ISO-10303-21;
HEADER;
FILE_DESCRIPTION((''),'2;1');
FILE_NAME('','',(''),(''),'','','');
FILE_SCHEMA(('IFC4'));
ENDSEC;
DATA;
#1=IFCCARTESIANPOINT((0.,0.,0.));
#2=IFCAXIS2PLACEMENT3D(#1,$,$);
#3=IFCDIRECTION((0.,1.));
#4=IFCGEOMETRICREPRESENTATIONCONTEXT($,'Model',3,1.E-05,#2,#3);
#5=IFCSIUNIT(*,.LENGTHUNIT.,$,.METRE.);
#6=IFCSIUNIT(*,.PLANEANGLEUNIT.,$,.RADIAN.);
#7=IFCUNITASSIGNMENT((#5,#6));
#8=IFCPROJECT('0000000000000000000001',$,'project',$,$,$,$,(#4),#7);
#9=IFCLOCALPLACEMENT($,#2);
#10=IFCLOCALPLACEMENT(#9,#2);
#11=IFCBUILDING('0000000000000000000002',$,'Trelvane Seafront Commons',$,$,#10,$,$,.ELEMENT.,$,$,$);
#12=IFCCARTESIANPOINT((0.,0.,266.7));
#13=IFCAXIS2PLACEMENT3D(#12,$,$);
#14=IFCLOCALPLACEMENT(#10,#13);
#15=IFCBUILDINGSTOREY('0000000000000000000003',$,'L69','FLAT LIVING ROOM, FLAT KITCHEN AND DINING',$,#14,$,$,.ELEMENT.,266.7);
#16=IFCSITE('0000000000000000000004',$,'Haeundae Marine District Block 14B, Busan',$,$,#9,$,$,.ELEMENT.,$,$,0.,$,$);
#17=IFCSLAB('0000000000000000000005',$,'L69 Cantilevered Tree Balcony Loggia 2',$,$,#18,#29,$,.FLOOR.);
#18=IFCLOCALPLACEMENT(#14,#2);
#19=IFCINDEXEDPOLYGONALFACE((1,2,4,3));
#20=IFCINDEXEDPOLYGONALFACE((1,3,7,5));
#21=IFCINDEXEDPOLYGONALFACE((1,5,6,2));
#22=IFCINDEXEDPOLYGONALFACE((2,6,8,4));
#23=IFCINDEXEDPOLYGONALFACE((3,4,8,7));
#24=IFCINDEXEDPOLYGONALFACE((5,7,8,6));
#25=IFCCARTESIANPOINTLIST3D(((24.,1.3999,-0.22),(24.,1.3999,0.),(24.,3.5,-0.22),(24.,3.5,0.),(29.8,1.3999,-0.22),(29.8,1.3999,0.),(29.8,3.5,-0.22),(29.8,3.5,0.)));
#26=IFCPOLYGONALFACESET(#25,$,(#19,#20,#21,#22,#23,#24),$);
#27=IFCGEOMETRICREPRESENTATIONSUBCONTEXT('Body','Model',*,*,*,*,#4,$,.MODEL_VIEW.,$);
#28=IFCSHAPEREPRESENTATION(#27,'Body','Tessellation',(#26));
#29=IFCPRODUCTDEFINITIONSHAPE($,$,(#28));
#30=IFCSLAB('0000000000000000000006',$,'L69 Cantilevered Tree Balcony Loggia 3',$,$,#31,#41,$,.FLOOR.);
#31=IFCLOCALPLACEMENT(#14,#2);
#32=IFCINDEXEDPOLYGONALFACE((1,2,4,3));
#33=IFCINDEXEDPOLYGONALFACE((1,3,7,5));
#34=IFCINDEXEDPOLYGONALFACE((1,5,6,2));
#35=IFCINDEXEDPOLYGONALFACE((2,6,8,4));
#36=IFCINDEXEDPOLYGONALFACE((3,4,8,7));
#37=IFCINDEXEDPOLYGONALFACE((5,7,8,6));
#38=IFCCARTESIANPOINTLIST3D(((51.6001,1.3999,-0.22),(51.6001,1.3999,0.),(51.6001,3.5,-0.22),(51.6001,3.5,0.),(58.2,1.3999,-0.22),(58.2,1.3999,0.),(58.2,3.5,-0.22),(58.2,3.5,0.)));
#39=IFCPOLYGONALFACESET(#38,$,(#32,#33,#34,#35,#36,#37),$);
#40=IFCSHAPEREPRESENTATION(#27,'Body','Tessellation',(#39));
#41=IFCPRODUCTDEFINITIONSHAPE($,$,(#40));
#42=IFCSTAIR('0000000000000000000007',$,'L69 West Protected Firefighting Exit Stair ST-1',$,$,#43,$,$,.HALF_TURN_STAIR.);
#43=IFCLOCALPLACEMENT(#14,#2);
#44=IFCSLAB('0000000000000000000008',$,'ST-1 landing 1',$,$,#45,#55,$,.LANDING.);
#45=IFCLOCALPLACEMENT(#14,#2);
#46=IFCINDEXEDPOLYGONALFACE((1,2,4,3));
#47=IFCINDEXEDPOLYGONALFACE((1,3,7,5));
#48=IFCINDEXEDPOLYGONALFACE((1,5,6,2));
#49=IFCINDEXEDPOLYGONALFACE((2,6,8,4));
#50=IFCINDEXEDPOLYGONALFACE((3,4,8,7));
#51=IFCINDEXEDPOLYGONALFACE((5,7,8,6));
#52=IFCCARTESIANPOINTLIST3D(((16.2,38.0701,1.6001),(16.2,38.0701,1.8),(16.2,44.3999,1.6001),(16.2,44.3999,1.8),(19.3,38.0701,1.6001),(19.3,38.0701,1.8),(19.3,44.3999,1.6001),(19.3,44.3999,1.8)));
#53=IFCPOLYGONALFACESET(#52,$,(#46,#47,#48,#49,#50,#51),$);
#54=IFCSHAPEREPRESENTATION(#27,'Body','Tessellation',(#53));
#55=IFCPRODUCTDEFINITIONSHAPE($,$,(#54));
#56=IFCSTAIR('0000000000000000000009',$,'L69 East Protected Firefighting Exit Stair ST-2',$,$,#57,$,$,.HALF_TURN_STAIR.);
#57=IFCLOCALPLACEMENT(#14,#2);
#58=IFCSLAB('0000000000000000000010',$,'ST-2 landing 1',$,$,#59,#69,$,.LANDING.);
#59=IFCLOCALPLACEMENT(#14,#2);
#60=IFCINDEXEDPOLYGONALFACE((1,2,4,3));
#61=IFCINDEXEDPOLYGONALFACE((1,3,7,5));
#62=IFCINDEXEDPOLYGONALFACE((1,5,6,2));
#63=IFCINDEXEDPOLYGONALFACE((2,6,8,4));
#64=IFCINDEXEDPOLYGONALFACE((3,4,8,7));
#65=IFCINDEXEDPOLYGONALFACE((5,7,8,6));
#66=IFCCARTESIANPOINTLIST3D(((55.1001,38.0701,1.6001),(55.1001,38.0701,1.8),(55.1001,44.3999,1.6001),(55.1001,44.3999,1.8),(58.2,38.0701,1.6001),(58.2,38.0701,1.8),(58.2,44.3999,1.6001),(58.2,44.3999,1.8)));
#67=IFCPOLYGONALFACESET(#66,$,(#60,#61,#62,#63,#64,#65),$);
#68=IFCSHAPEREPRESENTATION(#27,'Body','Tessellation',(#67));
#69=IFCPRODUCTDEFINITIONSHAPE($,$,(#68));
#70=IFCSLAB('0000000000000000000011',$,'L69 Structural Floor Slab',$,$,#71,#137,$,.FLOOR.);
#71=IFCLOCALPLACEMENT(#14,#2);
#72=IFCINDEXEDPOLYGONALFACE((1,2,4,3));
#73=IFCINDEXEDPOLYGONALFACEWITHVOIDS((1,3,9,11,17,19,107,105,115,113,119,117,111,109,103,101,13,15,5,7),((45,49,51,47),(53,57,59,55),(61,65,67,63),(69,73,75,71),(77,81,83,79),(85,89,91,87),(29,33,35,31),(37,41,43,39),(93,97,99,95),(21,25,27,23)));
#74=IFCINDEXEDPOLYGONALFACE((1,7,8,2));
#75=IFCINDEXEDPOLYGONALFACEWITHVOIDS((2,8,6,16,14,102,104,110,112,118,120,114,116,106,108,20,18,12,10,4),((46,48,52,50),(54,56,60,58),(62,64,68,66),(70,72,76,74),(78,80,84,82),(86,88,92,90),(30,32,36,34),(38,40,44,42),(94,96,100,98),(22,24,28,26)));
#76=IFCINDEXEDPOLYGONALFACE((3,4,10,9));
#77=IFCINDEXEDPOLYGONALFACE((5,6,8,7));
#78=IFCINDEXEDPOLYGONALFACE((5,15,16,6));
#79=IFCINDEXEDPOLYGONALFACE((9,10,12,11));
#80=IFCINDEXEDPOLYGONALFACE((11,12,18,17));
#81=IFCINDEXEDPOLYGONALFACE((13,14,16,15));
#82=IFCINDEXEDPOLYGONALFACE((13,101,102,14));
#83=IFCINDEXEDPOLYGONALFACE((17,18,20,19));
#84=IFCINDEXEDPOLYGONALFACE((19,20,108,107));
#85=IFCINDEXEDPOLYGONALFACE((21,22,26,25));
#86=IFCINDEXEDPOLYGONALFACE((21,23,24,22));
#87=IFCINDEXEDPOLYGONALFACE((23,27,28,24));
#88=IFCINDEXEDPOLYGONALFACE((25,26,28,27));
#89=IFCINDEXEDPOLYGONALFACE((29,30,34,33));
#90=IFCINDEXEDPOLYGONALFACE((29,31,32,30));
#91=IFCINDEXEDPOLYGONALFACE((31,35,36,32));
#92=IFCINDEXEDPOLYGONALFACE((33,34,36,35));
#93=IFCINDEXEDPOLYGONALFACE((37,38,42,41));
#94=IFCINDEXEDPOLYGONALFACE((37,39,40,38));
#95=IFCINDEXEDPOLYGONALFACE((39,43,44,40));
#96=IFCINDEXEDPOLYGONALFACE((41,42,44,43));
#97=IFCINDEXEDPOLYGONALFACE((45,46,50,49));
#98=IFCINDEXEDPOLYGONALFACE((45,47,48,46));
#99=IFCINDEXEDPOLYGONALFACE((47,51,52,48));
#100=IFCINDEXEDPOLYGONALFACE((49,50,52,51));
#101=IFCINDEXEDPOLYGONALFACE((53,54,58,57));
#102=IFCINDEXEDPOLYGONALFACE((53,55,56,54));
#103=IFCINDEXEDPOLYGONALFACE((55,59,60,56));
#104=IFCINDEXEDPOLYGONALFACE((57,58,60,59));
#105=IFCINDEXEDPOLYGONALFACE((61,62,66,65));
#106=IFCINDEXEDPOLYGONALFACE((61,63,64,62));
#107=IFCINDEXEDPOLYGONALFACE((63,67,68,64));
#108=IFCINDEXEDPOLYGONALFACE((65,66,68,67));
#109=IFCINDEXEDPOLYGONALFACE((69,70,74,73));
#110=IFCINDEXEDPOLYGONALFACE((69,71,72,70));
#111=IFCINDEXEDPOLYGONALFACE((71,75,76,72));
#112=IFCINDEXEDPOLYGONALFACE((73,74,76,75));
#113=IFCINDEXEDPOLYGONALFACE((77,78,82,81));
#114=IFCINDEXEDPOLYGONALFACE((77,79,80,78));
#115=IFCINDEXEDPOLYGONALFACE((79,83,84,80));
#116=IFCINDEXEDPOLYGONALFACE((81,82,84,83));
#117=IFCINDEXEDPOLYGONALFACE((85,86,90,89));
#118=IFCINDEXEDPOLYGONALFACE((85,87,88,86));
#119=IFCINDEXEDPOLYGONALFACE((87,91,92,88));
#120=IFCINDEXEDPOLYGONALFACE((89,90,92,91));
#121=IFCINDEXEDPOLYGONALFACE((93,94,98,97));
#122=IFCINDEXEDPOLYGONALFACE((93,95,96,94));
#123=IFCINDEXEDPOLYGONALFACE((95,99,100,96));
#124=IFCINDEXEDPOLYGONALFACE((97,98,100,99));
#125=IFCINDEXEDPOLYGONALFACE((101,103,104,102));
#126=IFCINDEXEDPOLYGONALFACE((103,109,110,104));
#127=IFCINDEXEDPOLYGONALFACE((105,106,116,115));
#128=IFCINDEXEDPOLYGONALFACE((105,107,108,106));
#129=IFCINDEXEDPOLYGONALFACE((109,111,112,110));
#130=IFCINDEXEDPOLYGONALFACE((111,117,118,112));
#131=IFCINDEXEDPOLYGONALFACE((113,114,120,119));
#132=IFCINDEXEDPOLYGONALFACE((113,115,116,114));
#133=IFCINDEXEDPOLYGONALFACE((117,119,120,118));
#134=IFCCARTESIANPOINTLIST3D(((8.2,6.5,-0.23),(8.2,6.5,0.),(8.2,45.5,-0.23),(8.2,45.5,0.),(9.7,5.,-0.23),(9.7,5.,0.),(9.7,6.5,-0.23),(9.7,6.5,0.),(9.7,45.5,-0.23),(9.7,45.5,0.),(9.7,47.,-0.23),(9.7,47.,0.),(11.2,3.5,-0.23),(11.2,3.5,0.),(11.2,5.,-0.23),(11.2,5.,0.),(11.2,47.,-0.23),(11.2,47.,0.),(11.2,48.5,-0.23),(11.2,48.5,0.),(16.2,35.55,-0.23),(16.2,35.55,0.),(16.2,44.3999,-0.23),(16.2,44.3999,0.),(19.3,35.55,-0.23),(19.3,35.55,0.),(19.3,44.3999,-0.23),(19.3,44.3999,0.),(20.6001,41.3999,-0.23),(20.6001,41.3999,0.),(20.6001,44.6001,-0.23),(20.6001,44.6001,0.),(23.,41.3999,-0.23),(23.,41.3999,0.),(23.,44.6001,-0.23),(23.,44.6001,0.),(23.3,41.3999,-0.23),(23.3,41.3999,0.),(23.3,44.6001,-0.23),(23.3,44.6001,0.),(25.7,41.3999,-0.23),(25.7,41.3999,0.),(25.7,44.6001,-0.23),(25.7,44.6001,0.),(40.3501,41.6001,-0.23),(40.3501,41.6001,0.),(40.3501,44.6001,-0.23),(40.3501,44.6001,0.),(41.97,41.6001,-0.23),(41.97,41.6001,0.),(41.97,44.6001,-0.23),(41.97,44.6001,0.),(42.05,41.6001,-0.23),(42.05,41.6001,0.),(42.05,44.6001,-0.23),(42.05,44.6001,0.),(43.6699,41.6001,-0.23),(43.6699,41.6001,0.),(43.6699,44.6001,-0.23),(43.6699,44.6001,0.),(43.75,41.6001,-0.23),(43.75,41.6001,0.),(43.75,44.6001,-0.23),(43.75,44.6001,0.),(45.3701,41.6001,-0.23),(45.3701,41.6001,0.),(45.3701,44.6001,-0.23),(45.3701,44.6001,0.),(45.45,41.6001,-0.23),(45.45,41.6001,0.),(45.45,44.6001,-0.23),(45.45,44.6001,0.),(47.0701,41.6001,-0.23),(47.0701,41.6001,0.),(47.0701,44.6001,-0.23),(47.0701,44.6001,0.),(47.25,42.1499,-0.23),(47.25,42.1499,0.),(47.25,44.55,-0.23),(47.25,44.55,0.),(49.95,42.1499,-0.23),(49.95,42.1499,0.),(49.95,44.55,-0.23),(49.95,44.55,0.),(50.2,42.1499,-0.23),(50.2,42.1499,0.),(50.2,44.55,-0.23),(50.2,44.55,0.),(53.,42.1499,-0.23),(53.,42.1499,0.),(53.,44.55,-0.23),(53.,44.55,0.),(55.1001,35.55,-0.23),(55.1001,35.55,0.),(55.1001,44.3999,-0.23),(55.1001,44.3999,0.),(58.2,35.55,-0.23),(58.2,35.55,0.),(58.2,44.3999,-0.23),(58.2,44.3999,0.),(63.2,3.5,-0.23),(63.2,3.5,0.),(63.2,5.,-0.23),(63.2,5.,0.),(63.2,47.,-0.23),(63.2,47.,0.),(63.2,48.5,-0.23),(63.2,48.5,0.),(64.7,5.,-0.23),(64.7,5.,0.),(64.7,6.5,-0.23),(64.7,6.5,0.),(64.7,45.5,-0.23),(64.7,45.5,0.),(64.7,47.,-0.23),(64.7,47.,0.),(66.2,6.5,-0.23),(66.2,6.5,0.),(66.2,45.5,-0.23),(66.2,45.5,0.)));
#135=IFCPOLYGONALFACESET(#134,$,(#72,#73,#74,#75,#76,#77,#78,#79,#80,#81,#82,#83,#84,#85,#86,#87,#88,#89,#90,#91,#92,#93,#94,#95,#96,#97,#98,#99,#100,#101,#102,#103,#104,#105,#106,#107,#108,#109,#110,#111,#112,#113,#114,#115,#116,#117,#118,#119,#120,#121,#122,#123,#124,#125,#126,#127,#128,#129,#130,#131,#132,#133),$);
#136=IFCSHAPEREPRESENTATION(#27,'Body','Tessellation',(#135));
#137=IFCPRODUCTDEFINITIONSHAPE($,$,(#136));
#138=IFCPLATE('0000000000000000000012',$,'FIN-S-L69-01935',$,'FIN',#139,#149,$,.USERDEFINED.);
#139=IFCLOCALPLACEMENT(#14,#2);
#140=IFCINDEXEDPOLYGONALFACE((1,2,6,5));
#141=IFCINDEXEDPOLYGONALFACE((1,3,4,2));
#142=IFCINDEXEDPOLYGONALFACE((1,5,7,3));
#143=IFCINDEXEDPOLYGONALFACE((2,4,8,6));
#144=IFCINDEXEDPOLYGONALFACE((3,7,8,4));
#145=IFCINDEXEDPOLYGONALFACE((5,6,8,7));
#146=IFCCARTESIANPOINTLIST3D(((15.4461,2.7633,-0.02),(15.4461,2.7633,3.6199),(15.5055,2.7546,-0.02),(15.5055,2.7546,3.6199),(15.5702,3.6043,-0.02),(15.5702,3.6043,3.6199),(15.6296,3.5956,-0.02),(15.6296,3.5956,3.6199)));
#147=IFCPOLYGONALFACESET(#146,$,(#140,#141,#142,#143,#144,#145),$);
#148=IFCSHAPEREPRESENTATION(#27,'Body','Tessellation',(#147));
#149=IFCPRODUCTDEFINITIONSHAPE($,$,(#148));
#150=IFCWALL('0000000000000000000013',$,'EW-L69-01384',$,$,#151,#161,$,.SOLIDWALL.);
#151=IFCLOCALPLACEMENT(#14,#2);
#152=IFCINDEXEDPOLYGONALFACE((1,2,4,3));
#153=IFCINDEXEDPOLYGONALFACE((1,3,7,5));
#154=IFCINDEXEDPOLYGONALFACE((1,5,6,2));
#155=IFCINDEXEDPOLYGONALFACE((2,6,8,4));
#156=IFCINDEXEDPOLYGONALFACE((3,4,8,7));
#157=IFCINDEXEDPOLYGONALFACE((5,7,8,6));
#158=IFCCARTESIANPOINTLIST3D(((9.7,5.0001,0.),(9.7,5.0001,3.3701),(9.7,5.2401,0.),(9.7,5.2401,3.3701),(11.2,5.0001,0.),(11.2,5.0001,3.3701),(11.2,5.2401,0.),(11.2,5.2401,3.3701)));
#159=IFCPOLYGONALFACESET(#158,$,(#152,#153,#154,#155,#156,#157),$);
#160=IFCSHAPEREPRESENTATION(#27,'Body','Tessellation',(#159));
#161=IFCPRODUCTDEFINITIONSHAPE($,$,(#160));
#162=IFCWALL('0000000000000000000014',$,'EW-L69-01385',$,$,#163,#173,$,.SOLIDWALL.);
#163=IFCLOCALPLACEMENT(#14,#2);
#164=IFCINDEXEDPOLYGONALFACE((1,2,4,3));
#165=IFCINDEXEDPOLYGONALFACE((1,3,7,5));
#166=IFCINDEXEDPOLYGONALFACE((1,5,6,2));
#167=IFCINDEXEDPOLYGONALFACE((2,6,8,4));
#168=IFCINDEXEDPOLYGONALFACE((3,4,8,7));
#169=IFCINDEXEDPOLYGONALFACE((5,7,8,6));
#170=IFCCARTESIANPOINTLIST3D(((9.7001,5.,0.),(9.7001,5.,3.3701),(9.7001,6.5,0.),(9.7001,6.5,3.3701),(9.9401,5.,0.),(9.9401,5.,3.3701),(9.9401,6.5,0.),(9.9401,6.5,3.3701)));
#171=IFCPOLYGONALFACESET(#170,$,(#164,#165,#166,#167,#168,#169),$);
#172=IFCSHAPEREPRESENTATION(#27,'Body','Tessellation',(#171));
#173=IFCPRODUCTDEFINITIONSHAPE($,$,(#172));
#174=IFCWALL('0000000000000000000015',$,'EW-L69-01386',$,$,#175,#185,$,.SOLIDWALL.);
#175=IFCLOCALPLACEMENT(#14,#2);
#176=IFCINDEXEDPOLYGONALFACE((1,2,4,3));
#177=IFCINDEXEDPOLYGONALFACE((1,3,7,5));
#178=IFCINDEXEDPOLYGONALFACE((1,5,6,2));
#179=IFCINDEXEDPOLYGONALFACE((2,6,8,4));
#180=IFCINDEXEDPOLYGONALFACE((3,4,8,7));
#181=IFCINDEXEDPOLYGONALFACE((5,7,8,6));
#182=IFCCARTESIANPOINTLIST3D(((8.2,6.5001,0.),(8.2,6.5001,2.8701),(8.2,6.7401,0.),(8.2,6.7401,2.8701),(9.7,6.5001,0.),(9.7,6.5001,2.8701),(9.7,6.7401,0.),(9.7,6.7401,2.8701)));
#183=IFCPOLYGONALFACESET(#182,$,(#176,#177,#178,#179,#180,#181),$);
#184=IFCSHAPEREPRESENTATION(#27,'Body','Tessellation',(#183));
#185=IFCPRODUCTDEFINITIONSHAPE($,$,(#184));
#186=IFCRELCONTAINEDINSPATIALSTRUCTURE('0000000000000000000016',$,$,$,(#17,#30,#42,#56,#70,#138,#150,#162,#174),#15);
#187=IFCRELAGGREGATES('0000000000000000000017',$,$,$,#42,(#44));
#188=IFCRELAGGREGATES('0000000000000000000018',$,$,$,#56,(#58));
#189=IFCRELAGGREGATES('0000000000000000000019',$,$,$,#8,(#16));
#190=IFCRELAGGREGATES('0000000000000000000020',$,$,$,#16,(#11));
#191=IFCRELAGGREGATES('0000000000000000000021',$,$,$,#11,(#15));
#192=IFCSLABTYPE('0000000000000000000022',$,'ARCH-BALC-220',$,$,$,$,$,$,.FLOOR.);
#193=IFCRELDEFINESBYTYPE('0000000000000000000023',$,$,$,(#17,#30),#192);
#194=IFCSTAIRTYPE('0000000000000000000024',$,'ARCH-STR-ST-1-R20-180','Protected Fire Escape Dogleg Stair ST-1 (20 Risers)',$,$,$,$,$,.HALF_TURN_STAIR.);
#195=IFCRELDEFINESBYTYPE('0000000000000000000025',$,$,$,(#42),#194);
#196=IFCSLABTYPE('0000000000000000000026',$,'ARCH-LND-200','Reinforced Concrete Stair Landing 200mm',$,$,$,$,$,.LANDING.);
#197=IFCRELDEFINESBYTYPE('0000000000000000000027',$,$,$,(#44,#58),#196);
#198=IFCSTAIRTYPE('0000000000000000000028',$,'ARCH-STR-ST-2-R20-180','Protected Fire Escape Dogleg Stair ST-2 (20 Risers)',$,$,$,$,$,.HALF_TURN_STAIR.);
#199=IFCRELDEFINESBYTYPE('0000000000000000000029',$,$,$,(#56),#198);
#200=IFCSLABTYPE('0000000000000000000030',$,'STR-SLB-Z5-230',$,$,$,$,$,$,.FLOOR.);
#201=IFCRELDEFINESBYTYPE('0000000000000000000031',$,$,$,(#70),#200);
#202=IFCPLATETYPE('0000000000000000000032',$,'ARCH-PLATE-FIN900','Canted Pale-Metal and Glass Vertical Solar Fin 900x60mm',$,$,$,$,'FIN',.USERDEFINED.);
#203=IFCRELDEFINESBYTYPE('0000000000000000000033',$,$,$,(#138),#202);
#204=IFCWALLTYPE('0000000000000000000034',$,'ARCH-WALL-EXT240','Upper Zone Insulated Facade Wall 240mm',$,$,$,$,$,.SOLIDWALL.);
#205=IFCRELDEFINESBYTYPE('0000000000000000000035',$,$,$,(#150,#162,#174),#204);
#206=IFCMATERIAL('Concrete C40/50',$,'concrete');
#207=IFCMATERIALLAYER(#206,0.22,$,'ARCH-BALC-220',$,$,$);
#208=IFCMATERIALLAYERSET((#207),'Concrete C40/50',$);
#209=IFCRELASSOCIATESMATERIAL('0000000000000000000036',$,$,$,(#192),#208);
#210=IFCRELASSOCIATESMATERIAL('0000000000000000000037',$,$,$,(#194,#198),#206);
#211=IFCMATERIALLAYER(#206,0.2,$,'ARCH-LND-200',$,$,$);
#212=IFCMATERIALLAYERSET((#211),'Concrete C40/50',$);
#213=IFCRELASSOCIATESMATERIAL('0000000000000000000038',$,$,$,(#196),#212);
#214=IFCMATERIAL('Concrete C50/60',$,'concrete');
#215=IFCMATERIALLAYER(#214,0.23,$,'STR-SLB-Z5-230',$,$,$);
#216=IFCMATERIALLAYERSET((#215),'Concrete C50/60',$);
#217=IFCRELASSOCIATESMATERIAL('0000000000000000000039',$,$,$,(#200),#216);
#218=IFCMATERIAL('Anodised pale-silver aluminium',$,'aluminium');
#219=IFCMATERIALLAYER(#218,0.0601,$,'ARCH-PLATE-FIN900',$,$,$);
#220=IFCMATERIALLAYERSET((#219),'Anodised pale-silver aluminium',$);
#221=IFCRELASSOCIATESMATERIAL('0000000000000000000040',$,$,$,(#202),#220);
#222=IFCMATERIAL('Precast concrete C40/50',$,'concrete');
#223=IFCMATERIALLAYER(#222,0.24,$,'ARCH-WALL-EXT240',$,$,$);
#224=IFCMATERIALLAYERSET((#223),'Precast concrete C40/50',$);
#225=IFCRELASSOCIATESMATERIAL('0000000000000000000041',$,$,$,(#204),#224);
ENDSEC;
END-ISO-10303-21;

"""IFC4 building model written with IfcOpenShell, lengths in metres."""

from ifc_helpers import new_model, si_unit, direction, frame, frame_2d, origin, origin_2d, place, context, subcontext, project, spatial, polyline, rectangle, outline, extrude, source, transform, mapped, material, layer, layer_set, type_object, element, aggregate, save


model = new_model("IFC4")

# Units and contexts
model_context = context("Model", 3, precision=1e-05, world=origin(), true_north=direction((0.0, 1.0)))
body_context = subcontext(model_context, "Body", "Model", "MODEL_VIEW")
ifc_project = project(units=[si_unit("LENGTHUNIT", "METRE"), si_unit("PLANEANGLEUNIT", "RADIAN")], contexts=[model_context])

# Site, building, storey
site_placement = place(None, origin())
site = spatial("IfcSite", under=ifc_project, at=site_placement, Name="Haeundae Marine District Block 14B, Busan", CompositionType="ELEMENT", RefElevation=0.0)
building_placement = place(site_placement, origin())
building = spatial("IfcBuilding", under=site, at=building_placement, Name="Trelvane Seafront Commons", CompositionType="ELEMENT")
storey_placement = place(building_placement, frame((0.0, 0.0, 266.7)))
storey = spatial("IfcBuildingStorey", under=building, at=storey_placement, Name="L69", Description="FLAT LIVING ROOM, FLAT KITCHEN AND DINING", CompositionType="ELEMENT", Elevation=266.7)

# Slabs
ifc_material_1 = material(Name="Concrete C40/50", Category="concrete")
ifc_layer_1 = layer(ifc_material_1, 0.22, Name="ARCH-BALC-220")
ifc_layer_set_1 = layer_set([ifc_layer_1], Name="Concrete C40/50")
slab_type_1 = type_object("IfcSlabType", Name="ARCH-BALC-220", PredefinedType="FLOOR", material=ifc_layer_set_1)
slab_1_placement = place(storey_placement, frame((0.0, 0.0, -0.22)))
element("IfcSlab", 1, at=slab_1_placement, inside=storey, type_object=slab_type_1, Name="L69 Cantilevered Tree Balcony Loggia 2", PredefinedType="FLOOR", context=body_context, shape_type="SweptSolid", body=[
    extrude(outline(polyline([(24.0, 1.3999), (29.8, 1.3999), (29.8, 3.5), (24.0, 3.5), (24.0, 1.3999)])), origin(), (0.0, 0.0, 1.0), 0.22),
])
slab_2_placement = place(storey_placement, frame((0.0, 0.0, -0.22)))
element("IfcSlab", 2, at=slab_2_placement, inside=storey, type_object=slab_type_1, Name="L69 Cantilevered Tree Balcony Loggia 3", PredefinedType="FLOOR", context=body_context, shape_type="SweptSolid", body=[
    extrude(outline(polyline([(51.6001, 1.3999), (58.2, 1.3999), (58.2, 3.5), (51.6001, 3.5), (51.6001, 1.3999)])), origin(), (0.0, 0.0, 1.0), 0.22),
])

# Stairs, slabs
stair_type_1 = type_object("IfcStairType", Name="ARCH-STR-ST-1-R20-180", Description="Protected Fire Escape Dogleg Stair ST-1 (20 Risers)", PredefinedType="HALF_TURN_STAIR", material=ifc_material_1)
stair_1_placement = place(storey_placement, origin())
stair_1 = element("IfcStair", 3, at=stair_1_placement, inside=storey, type_object=stair_type_1, Name="L69 West Protected Firefighting Exit Stair ST-1", PredefinedType="HALF_TURN_STAIR")
ifc_layer_2 = layer(ifc_material_1, 0.2, Name="ARCH-LND-200")
ifc_layer_set_2 = layer_set([ifc_layer_2], Name="Concrete C40/50")
slab_type_2 = type_object("IfcSlabType", Name="ARCH-LND-200", Description="Reinforced Concrete Stair Landing 200mm", PredefinedType="LANDING", material=ifc_layer_set_2)
slab_3_placement = place(storey_placement, frame((0.0, 0.0, 1.6001)))
slab_3 = element("IfcSlab", 4, at=slab_3_placement, type_object=slab_type_2, Name="ST-1 landing 1", PredefinedType="LANDING", context=body_context, shape_type="SweptSolid", body=[
    extrude(outline(polyline([(19.3, 38.0701), (19.3, 44.3999), (16.2, 44.3999), (16.2, 38.0701), (19.3, 38.0701)])), origin(), (0.0, 0.0, 1.0), 0.2),
])
aggregate(stair_1, [slab_3])
stair_type_2 = type_object("IfcStairType", Name="ARCH-STR-ST-2-R20-180", Description="Protected Fire Escape Dogleg Stair ST-2 (20 Risers)", PredefinedType="HALF_TURN_STAIR", material=ifc_material_1)
stair_2_placement = place(storey_placement, origin())
stair_2 = element("IfcStair", 5, at=stair_2_placement, inside=storey, type_object=stair_type_2, Name="L69 East Protected Firefighting Exit Stair ST-2", PredefinedType="HALF_TURN_STAIR")
slab_4_placement = place(storey_placement, frame((0.0, 0.0, 1.6001)))
slab_4 = element("IfcSlab", 6, at=slab_4_placement, type_object=slab_type_2, Name="ST-2 landing 1", PredefinedType="LANDING", context=body_context, shape_type="SweptSolid", body=[
    extrude(outline(polyline([(58.2, 38.0701), (58.2, 44.3999), (55.1001, 44.3999), (55.1001, 38.0701), (58.2, 38.0701)])), origin(), (0.0, 0.0, 1.0), 0.2),
])
aggregate(stair_2, [slab_4])

# Slab
ifc_material_2 = material(Name="Concrete C50/60", Category="concrete")
ifc_layer_3 = layer(ifc_material_2, 0.23, Name="STR-SLB-Z5-230")
ifc_layer_set_3 = layer_set([ifc_layer_3], Name="Concrete C50/60")
slab_type_3 = type_object("IfcSlabType", Name="STR-SLB-Z5-230", PredefinedType="FLOOR", material=ifc_layer_set_3)
slab_5_placement = place(storey_placement, frame((0.0, 0.0, -0.23)))
element("IfcSlab", 7, at=slab_5_placement, inside=storey, type_object=slab_type_3, Name="L69 Structural Floor Slab", PredefinedType="FLOOR", context=body_context, shape_type="SweptSolid", body=[
    extrude(outline(polyline([(11.2, 3.5), (63.2, 3.5), (63.2, 5.0), (64.7, 5.0), (64.7, 6.5), (66.2, 6.5), (66.2, 45.5), (64.7, 45.5), (64.7, 47.0), (63.2, 47.0), (63.2, 48.5), (11.2, 48.5), (11.2, 47.0), (9.7, 47.0), (9.7, 45.5), (8.2, 45.5), (8.2, 6.5), (9.7, 6.5), (9.7, 5.0), (11.2, 5.0), (11.2, 3.5)]), holes=[polyline([(19.3, 35.55), (16.2, 35.55), (16.2, 44.3999), (19.3, 44.3999), (19.3, 35.55)]), polyline([(58.2, 35.55), (55.1001, 35.55), (55.1001, 44.3999), (58.2, 44.3999), (58.2, 35.55)]), polyline([(23.0, 41.3999), (20.6001, 41.3999), (20.6001, 44.6001), (23.0, 44.6001), (23.0, 41.3999)]), polyline([(23.3, 41.3999), (23.3, 44.6001), (25.7, 44.6001), (25.7, 41.3999), (23.3, 41.3999)]), polyline([(40.3501, 41.6001), (40.3501, 44.6001), (41.97, 44.6001), (41.97, 41.6001), (40.3501, 41.6001)]), polyline([(43.6699, 41.6001), (42.05, 41.6001), (42.05, 44.6001), (43.6699, 44.6001), (43.6699, 41.6001)]), polyline([(45.3701, 41.6001), (43.75, 41.6001), (43.75, 44.6001), (45.3701, 44.6001), (45.3701, 41.6001)]), polyline([(47.0701, 41.6001), (45.45, 41.6001), (45.45, 44.6001), (47.0701, 44.6001), (47.0701, 41.6001)]), polyline([(47.25, 42.1499), (47.25, 44.55), (49.95, 44.55), (49.95, 42.1499), (47.25, 42.1499)]), polyline([(50.2, 42.1499), (50.2, 44.55), (53.0, 44.55), (53.0, 42.1499), (50.2, 42.1499)])]), origin(), (0.0, 0.0, 1.0), 0.23),
])

# Plate
ifc_material_3 = material(Name="Anodised pale-silver aluminium", Category="aluminium")
ifc_layer_4 = layer(ifc_material_3, 0.0601, Name="ARCH-PLATE-FIN900")
ifc_layer_set_4 = layer_set([ifc_layer_4], Name="Anodised pale-silver aluminium")
plate_type = type_object("IfcPlateType", Name="ARCH-PLATE-FIN900", Description="Canted Pale-Metal and Glass Vertical Solar Fin 900x60mm", ElementType="FIN", PredefinedType="USERDEFINED", material=ifc_layer_set_4)
shared_shape_1 = source(origin(), body_context, "Body", "SweptSolid", [
    extrude(rectangle(XDim=0.8501, YDim=0.0601, at=origin_2d()), origin(), (0.0, 0.0, 1.0), 3.6399),
])
plate_placement = place(storey_placement, frame((15.5378, 3.1794, -0.02), z_axis=(0.0, 0.0, 1.0), x_axis=(-0.145998, -0.989285, 0.0)))
element("IfcPlate", 8, at=plate_placement, inside=storey, type_object=plate_type, Name="FIN-S-L69-01935", ObjectType="FIN", PredefinedType="USERDEFINED", context=body_context, shape_type="MappedRepresentation", body=[
    mapped(shared_shape_1, transform((0.0, 0.0, 0.0), x_axis=(1.0, 0.0, 0.0), y_axis=(0.0, 1.0, 0.0), z_axis=(0.0, 0.0, 1.0), scale=1.0)),
])

# Walls
ifc_material_4 = material(Name="Precast concrete C40/50", Category="concrete")
ifc_layer_5 = layer(ifc_material_4, 0.24, Name="ARCH-WALL-EXT240")
ifc_layer_set_5 = layer_set([ifc_layer_5], Name="Precast concrete C40/50")
wall_type_1 = type_object("IfcWallType", Name="ARCH-WALL-EXT240", Description="Upper Zone Insulated Facade Wall 240mm", PredefinedType="SOLIDWALL", material=ifc_layer_set_5)
for number, where, z_axis, x_axis, name in (
    (9, (11.2, 5.1201, 0.0), (0.0, 0.0, 1.0), (-1.0, 0.0, 0.0), "EW-L69-01384"),
    (10, (9.8201, 5.0, 0.0), (0.0, 0.0, 1.0), (0.0, 1.0, 0.0), "EW-L69-01385"),
):
    element("IfcWall", number, at=place(storey_placement, frame(where, z_axis=z_axis, x_axis=x_axis)), inside=storey, type_object=wall_type_1, Name=name, PredefinedType="SOLIDWALL", context=body_context, shape_type="SweptSolid", body=[
        extrude(rectangle(XDim=1.5, YDim=0.24, at=frame_2d((0.75, 0.0))), origin(), (0.0, 0.0, 1.0), 3.3701),
    ])
wall_1_placement = place(storey_placement, frame((9.7, 6.6201, 0.0), z_axis=(0.0, 0.0, 1.0), x_axis=(-1.0, 0.0, 0.0)))
element("IfcWall", 11, at=wall_1_placement, inside=storey, type_object=wall_type_1, Name="EW-L69-01386", PredefinedType="SOLIDWALL", context=body_context, shape_type="SweptSolid", body=[
    extrude(rectangle(XDim=1.5, YDim=0.24, at=frame_2d((0.75, 0.0))), origin(), (0.0, 0.0, 1.0), 2.8701),
])

save(model, "model.ifc")
